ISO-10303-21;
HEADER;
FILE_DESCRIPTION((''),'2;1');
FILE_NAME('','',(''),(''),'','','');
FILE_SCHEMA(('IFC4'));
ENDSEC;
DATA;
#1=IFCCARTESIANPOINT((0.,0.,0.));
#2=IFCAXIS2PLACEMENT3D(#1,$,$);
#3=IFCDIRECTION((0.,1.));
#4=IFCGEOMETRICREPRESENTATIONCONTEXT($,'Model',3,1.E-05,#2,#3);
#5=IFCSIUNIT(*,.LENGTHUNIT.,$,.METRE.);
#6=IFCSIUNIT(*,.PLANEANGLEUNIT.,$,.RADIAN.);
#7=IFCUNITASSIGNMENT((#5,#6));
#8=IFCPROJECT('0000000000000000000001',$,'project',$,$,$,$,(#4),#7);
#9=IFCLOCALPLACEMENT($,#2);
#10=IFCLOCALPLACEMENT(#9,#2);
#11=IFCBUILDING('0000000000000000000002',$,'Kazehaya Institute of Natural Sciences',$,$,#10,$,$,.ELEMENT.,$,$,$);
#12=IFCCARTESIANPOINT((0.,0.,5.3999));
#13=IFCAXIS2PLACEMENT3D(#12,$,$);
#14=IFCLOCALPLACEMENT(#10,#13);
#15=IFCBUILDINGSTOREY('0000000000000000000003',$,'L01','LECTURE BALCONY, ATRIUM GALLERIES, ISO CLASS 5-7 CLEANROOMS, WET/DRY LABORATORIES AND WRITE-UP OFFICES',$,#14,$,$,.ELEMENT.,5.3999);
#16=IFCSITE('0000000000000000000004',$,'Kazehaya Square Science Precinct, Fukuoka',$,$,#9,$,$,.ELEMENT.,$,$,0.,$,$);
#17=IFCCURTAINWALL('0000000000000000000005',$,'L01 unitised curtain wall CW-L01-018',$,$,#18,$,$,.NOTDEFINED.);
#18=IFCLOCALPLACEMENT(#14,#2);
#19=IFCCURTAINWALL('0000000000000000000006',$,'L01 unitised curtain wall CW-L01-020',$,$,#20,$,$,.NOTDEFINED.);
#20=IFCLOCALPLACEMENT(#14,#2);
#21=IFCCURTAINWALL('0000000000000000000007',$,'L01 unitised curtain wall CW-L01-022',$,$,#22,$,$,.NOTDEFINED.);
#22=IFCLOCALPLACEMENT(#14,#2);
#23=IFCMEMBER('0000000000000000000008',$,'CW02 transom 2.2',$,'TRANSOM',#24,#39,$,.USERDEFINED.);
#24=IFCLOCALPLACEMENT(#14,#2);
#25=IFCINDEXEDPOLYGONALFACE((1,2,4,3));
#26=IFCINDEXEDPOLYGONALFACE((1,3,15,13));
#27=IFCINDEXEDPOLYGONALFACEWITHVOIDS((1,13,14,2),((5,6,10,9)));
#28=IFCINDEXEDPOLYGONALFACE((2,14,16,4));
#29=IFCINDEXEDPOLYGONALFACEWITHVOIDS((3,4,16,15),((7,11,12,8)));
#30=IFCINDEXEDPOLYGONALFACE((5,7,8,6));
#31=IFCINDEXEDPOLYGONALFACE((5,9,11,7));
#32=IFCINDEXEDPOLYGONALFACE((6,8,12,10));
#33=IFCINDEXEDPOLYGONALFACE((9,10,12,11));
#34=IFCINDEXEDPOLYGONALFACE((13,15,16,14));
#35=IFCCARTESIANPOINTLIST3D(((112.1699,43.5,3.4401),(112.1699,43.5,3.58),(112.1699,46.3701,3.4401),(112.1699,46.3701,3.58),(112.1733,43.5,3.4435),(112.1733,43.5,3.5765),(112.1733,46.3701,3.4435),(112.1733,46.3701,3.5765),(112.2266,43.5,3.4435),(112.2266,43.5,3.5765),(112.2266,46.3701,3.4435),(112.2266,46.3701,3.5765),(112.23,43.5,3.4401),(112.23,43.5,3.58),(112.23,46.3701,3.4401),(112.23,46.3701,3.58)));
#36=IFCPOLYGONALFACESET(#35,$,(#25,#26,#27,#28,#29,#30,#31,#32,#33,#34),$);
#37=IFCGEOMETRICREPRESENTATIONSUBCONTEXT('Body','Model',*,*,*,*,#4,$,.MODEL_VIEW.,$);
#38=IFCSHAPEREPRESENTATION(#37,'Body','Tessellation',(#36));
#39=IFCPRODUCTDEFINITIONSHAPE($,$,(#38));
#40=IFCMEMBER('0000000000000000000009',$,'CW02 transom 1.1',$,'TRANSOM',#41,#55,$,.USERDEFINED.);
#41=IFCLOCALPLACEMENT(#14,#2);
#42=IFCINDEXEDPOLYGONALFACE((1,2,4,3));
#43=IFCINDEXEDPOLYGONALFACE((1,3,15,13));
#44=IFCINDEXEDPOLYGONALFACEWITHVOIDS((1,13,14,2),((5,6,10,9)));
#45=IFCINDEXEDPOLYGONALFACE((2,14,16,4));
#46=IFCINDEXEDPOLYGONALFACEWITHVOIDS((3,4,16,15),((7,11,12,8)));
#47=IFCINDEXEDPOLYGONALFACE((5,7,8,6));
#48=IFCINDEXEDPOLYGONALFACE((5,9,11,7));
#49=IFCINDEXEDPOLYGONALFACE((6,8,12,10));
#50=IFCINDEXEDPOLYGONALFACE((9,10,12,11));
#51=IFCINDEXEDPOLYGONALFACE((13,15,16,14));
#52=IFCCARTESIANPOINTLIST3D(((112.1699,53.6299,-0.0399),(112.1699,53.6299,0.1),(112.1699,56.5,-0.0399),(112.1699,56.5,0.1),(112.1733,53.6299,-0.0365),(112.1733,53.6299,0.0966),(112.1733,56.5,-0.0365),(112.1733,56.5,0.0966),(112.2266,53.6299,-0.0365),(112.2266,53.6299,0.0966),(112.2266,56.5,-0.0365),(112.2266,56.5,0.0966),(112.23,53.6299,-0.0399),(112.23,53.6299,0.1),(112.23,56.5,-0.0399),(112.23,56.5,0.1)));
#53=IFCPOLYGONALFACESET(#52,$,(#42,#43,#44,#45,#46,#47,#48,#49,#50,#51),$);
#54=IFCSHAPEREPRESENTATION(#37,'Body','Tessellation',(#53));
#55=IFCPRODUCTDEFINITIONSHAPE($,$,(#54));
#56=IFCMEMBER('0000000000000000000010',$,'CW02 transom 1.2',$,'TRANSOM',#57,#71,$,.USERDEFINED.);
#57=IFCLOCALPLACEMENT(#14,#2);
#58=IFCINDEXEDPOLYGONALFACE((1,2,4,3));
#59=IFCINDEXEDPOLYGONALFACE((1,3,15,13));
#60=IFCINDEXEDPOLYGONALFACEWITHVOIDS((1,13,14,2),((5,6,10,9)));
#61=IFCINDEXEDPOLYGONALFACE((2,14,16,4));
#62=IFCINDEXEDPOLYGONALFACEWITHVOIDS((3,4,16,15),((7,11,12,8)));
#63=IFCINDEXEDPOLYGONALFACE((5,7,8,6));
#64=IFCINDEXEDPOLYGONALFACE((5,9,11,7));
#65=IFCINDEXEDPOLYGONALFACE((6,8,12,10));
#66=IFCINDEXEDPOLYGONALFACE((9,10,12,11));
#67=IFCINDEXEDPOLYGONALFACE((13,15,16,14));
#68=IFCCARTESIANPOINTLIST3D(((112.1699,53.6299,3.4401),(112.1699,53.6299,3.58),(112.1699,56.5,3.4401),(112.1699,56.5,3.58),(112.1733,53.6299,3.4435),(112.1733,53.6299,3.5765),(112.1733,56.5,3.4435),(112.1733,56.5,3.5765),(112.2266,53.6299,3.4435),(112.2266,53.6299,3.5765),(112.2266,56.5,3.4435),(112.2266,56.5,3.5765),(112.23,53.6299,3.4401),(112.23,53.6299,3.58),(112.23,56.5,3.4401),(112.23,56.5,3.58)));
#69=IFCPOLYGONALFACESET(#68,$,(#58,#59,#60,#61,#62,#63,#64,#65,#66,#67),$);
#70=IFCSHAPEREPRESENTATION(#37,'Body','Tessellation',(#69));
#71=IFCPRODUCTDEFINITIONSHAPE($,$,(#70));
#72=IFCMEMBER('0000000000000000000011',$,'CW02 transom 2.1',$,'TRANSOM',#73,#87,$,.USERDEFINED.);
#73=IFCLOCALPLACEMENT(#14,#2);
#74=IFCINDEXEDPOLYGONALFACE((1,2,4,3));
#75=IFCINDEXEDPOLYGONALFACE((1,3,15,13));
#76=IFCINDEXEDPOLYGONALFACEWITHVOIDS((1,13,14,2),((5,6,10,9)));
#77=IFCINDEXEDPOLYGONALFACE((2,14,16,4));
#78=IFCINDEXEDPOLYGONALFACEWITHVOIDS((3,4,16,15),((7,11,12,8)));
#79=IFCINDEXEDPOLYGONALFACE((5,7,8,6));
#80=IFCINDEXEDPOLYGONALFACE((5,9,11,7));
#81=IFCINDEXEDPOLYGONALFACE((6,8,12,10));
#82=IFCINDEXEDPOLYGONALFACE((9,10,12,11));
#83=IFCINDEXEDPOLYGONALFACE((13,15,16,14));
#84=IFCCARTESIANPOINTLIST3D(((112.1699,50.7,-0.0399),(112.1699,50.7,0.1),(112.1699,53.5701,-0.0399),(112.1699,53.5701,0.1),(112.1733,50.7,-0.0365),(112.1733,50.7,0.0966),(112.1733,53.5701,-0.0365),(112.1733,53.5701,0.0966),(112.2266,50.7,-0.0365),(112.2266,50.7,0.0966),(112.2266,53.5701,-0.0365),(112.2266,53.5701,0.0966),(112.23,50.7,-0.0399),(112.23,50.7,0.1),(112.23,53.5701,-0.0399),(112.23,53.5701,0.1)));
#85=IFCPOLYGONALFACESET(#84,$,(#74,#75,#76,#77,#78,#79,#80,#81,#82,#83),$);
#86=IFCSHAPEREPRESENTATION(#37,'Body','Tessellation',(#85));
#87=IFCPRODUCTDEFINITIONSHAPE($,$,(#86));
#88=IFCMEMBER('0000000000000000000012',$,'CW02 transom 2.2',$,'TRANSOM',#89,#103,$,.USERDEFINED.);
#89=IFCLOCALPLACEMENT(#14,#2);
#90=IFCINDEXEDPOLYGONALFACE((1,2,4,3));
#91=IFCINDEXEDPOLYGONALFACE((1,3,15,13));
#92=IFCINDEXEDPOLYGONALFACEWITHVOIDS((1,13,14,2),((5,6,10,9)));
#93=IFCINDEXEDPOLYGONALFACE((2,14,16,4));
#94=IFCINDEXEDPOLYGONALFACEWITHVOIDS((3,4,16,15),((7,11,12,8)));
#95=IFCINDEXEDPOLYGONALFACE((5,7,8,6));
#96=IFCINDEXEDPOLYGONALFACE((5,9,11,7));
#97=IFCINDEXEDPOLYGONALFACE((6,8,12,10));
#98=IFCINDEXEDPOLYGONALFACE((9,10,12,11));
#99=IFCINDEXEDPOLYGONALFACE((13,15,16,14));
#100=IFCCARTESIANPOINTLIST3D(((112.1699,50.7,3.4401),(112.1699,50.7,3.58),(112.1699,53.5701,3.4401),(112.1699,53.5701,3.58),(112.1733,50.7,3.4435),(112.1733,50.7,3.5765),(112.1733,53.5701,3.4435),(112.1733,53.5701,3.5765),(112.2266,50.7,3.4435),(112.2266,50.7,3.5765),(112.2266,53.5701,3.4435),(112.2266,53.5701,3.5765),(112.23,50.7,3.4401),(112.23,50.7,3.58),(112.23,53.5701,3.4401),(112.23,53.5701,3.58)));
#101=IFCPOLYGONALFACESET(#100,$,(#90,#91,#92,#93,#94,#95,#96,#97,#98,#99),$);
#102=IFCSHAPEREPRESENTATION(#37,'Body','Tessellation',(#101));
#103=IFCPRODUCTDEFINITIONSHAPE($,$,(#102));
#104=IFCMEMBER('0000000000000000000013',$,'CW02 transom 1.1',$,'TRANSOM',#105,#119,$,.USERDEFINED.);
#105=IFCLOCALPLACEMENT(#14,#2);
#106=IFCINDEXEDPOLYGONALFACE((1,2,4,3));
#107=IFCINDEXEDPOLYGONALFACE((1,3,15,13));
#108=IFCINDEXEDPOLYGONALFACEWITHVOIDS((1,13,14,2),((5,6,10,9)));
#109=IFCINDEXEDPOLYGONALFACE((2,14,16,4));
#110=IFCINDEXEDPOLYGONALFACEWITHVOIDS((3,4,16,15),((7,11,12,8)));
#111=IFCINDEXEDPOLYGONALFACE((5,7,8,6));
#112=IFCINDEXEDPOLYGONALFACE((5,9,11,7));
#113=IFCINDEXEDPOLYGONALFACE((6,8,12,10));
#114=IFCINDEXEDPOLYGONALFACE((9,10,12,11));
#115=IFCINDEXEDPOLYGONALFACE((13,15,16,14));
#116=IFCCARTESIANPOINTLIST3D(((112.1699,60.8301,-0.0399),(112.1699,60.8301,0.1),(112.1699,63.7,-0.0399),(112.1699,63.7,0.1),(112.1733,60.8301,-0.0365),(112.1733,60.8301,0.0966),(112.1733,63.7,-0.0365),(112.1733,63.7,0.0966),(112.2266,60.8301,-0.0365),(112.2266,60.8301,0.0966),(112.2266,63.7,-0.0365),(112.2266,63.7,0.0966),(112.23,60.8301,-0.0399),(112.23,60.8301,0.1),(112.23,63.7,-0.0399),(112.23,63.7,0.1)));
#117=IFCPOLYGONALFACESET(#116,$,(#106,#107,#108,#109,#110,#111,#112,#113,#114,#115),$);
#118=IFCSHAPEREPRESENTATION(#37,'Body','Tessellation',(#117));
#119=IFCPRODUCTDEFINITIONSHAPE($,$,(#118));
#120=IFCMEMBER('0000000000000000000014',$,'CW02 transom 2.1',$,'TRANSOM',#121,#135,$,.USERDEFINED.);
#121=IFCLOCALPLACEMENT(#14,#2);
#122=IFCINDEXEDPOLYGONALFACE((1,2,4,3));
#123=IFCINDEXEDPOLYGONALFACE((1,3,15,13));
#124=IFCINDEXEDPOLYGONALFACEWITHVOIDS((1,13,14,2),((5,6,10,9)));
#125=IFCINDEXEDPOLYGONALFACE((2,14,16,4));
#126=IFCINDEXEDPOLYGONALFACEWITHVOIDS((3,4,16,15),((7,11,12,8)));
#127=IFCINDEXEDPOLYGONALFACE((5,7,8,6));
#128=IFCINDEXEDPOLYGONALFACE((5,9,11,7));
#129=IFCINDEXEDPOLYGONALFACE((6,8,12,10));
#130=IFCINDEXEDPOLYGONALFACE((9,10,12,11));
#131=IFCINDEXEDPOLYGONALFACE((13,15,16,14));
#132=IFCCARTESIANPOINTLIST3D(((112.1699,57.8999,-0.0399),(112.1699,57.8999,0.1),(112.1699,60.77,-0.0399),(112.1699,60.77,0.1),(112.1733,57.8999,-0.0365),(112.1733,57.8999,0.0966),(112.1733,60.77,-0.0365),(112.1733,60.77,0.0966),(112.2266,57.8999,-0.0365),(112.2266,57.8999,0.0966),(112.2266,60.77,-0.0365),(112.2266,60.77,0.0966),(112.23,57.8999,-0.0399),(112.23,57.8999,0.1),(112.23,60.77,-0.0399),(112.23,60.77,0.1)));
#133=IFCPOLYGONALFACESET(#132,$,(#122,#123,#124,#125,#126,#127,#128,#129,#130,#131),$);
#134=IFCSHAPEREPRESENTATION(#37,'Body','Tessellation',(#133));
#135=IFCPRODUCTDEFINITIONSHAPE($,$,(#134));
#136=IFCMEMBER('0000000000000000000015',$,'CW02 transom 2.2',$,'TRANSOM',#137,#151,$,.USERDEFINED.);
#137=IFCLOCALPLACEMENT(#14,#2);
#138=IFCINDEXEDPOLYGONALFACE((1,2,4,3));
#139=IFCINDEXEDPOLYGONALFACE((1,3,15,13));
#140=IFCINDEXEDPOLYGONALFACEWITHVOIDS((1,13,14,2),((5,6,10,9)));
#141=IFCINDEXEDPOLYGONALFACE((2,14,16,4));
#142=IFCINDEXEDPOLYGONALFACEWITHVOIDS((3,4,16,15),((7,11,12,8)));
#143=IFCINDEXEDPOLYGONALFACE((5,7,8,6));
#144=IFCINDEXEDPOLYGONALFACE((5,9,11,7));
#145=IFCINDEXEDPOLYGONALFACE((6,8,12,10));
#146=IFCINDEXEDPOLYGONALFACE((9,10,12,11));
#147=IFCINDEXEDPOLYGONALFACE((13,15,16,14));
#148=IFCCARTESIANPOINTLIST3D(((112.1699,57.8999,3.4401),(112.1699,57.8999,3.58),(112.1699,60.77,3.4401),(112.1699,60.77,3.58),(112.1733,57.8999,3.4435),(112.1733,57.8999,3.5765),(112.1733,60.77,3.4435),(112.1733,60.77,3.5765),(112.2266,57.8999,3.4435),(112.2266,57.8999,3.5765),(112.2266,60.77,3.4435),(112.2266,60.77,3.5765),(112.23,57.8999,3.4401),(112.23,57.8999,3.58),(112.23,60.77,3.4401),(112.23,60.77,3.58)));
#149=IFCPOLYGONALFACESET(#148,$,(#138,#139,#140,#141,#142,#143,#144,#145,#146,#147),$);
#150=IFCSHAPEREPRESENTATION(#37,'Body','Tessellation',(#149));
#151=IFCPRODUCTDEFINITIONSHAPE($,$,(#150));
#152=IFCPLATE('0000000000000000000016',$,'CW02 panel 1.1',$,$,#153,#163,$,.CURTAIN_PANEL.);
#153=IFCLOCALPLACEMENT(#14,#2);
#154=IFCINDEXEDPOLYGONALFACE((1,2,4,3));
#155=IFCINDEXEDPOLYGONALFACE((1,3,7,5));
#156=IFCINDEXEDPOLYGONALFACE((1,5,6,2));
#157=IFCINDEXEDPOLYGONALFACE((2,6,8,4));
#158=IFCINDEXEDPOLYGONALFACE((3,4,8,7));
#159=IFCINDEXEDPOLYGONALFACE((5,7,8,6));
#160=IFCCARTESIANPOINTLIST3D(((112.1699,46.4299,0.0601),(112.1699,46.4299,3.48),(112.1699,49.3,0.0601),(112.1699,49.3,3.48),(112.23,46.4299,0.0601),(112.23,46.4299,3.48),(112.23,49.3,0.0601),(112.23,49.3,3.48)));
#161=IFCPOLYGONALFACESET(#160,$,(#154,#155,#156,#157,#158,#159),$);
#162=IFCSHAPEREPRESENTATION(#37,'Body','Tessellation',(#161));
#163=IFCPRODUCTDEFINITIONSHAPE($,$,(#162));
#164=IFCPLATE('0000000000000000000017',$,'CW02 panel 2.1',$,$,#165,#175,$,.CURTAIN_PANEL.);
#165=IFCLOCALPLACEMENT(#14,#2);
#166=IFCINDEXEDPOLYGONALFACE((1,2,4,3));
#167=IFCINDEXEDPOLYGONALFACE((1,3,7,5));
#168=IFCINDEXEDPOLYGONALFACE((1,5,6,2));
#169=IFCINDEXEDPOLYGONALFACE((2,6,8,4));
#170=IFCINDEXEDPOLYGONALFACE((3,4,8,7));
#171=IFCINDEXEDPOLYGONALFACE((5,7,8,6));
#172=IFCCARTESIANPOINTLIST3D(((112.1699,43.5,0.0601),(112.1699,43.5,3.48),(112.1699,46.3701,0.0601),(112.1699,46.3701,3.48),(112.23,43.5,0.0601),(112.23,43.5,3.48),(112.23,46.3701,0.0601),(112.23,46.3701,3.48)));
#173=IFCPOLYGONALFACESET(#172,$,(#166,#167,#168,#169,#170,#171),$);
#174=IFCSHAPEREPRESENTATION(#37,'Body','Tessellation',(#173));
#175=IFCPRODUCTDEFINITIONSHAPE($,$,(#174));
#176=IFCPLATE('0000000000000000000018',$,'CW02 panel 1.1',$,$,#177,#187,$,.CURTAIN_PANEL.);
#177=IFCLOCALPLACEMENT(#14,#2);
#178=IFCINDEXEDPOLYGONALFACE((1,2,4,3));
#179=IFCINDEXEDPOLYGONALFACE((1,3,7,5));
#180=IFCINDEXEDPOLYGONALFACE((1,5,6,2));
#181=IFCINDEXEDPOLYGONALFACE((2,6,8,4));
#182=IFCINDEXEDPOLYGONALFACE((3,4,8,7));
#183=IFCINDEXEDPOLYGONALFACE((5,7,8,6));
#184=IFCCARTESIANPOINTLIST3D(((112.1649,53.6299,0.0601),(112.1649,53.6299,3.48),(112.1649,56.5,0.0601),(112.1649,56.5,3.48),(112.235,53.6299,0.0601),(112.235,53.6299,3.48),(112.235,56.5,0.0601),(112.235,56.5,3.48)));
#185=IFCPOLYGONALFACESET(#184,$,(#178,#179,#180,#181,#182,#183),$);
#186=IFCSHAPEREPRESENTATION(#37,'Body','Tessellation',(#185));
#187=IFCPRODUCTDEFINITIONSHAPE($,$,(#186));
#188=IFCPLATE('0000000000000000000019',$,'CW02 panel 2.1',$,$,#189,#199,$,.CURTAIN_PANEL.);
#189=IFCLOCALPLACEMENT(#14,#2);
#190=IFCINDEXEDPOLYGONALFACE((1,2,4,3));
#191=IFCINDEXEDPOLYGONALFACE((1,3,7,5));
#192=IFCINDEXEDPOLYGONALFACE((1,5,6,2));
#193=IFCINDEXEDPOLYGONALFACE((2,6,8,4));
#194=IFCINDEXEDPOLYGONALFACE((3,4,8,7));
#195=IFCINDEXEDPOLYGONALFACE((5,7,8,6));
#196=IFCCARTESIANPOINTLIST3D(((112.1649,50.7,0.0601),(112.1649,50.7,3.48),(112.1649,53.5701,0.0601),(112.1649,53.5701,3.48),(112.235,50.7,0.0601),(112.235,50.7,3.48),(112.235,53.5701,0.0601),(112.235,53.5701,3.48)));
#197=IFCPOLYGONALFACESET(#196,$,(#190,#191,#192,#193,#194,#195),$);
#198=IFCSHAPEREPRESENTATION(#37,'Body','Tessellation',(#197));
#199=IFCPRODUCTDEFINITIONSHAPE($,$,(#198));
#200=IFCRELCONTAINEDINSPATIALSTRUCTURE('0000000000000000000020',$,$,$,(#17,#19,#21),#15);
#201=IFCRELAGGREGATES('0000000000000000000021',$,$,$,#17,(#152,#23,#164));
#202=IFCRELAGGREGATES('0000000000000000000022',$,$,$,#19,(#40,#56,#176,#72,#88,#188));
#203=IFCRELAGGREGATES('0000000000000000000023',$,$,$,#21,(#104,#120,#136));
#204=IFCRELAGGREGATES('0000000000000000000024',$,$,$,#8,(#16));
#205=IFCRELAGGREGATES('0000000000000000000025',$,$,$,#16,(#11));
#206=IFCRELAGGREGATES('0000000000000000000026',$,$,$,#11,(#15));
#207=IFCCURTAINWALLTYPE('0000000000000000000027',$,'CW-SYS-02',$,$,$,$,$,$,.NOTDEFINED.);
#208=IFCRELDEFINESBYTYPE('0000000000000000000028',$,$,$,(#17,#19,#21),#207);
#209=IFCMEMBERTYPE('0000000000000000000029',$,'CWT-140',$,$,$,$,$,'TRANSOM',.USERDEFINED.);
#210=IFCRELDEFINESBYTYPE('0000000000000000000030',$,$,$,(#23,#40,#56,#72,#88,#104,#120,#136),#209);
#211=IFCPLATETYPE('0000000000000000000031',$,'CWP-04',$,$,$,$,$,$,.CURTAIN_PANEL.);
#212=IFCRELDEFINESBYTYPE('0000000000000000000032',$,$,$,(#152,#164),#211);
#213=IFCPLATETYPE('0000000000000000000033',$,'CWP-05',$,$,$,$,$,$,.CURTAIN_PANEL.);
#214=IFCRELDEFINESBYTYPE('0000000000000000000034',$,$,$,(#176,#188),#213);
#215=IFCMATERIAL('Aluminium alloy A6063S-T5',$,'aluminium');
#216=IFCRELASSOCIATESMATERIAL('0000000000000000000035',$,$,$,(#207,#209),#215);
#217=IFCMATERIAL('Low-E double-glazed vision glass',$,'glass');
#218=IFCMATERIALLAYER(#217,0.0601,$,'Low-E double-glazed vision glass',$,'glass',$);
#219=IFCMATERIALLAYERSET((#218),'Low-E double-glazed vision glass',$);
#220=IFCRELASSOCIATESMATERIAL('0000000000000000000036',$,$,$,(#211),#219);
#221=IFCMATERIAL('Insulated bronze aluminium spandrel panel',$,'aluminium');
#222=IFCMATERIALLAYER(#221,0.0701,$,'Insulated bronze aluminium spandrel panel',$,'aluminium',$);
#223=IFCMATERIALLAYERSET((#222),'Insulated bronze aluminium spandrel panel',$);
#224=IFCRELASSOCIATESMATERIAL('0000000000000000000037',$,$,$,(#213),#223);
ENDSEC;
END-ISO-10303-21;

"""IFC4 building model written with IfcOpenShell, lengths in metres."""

from ifc_helpers import new_model, si_unit, direction, frame, origin, origin_2d, place, context, subcontext, project, spatial, rectangle, hollow_rectangle, extrude, material, layer, layer_set, material_profile, profile_set, type_object, element, aggregate, save


model = new_model("IFC4")

# Units and contexts
model_context = context("Model", 3, precision=1e-05, world=origin(), true_north=direction((0.0, 1.0)))
body_context = subcontext(model_context, "Body", "Model", "MODEL_VIEW")
ifc_project = project(units=[si_unit("LENGTHUNIT", "METRE"), si_unit("PLANEANGLEUNIT", "RADIAN")], contexts=[model_context])

# Site, building, storey
site_placement = place(None, origin())
site = spatial("IfcSite", under=ifc_project, at=site_placement, Name="Kazehaya Square Science Precinct, Fukuoka", CompositionType="ELEMENT", RefElevation=0.0)
building_placement = place(site_placement, origin())
building = spatial("IfcBuilding", under=site, at=building_placement, Name="Kazehaya Institute of Natural Sciences", CompositionType="ELEMENT")
storey_placement = place(building_placement, frame((0.0, 0.0, 5.3999)))
storey = spatial("IfcBuildingStorey", under=building, at=storey_placement, Name="L01", Description="LECTURE BALCONY, ATRIUM GALLERIES, ISO CLASS 5-7 CLEANROOMS, WET/DRY LABORATORIES AND WRITE-UP OFFICES", CompositionType="ELEMENT", Elevation=5.3999)

# Curtain walls
ifc_material_1 = material(Name="Aluminium alloy A6063S-T5", Category="aluminium")
curtain_wall_type = type_object("IfcCurtainWallType", Name="CW-SYS-02", PredefinedType="NOTDEFINED", material=ifc_material_1)
curtain_wall_1_placement = place(storey_placement, origin())
curtain_wall_1 = element("IfcCurtainWall", 1, at=curtain_wall_1_placement, inside=storey, type_object=curtain_wall_type, Name="L01 unitised curtain wall CW-L01-018", PredefinedType="NOTDEFINED")
curtain_wall_2_placement = place(storey_placement, origin())
curtain_wall_2 = element("IfcCurtainWall", 2, at=curtain_wall_2_placement, inside=storey, type_object=curtain_wall_type, Name="L01 unitised curtain wall CW-L01-020", PredefinedType="NOTDEFINED")
curtain_wall_3_placement = place(storey_placement, origin())
curtain_wall_3 = element("IfcCurtainWall", 3, at=curtain_wall_3_placement, inside=storey, type_object=curtain_wall_type, Name="L01 unitised curtain wall CW-L01-022", PredefinedType="NOTDEFINED")

# Members
ifc_material_profile_1 = material_profile(ifc_material_1, hollow_rectangle(XDim=0.0601, YDim=0.1399, WallThickness=0.0034, at=origin_2d()), Name="ALU-60x140x3.5")
ifc_profile_set_1 = profile_set([ifc_material_profile_1], Name="Aluminium alloy A6063S-T5")
member_type_1 = type_object("IfcMemberType", Name="CWT-140", ElementType="TRANSOM", PredefinedType="USERDEFINED", material=ifc_profile_set_1)
member_1_placement = place(storey_placement, frame((112.2, 46.3701, 3.51), z_axis=(0.0, -1.0, 0.0), x_axis=(1.0, 0.0, 0.0)))
member_1 = element("IfcMember", 4, at=member_1_placement, type_object=member_type_1, Name="CW02 transom 2.2", ObjectType="TRANSOM", PredefinedType="USERDEFINED", context=body_context, shape_type="SweptSolid", body=[
    extrude(hollow_rectangle(XDim=0.0601, YDim=0.1399, WallThickness=0.0034, at=origin_2d()), origin(), (0.0, 0.0, 1.0), 2.8701),
])
member_2_placement = place(storey_placement, frame((112.2, 56.5, 0.03), z_axis=(0.0, -1.0, 0.0), x_axis=(1.0, 0.0, 0.0)))
member_2 = element("IfcMember", 5, at=member_2_placement, type_object=member_type_1, Name="CW02 transom 1.1", ObjectType="TRANSOM", PredefinedType="USERDEFINED", context=body_context, shape_type="SweptSolid", body=[
    extrude(hollow_rectangle(XDim=0.0601, YDim=0.1399, WallThickness=0.0034, at=origin_2d()), origin(), (0.0, 0.0, 1.0), 2.8701),
])
member_3_placement = place(storey_placement, frame((112.2, 56.5, 3.51), z_axis=(0.0, -1.0, 0.0), x_axis=(1.0, 0.0, 0.0)))
member_3 = element("IfcMember", 6, at=member_3_placement, type_object=member_type_1, Name="CW02 transom 1.2", ObjectType="TRANSOM", PredefinedType="USERDEFINED", context=body_context, shape_type="SweptSolid", body=[
    extrude(hollow_rectangle(XDim=0.0601, YDim=0.1399, WallThickness=0.0034, at=origin_2d()), origin(), (0.0, 0.0, 1.0), 2.8701),
])
member_4_placement = place(storey_placement, frame((112.2, 53.5701, 0.03), z_axis=(0.0, -1.0, 0.0), x_axis=(1.0, 0.0, 0.0)))
member_4 = element("IfcMember", 7, at=member_4_placement, type_object=member_type_1, Name="CW02 transom 2.1", ObjectType="TRANSOM", PredefinedType="USERDEFINED", context=body_context, shape_type="SweptSolid", body=[
    extrude(hollow_rectangle(XDim=0.0601, YDim=0.1399, WallThickness=0.0034, at=origin_2d()), origin(), (0.0, 0.0, 1.0), 2.8701),
])
member_5_placement = place(storey_placement, frame((112.2, 53.5701, 3.51), z_axis=(0.0, -1.0, 0.0), x_axis=(1.0, 0.0, 0.0)))
member_5 = element("IfcMember", 8, at=member_5_placement, type_object=member_type_1, Name="CW02 transom 2.2", ObjectType="TRANSOM", PredefinedType="USERDEFINED", context=body_context, shape_type="SweptSolid", body=[
    extrude(hollow_rectangle(XDim=0.0601, YDim=0.1399, WallThickness=0.0034, at=origin_2d()), origin(), (0.0, 0.0, 1.0), 2.8701),
])
member_6_placement = place(storey_placement, frame((112.2, 63.7, 0.03), z_axis=(0.0, -1.0, 0.0), x_axis=(1.0, 0.0, 0.0)))
member_6 = element("IfcMember", 9, at=member_6_placement, type_object=member_type_1, Name="CW02 transom 1.1", ObjectType="TRANSOM", PredefinedType="USERDEFINED", context=body_context, shape_type="SweptSolid", body=[
    extrude(hollow_rectangle(XDim=0.0601, YDim=0.1399, WallThickness=0.0034, at=origin_2d()), origin(), (0.0, 0.0, 1.0), 2.8699),
])
member_7_placement = place(storey_placement, frame((112.2, 60.77, 0.03), z_axis=(0.0, -1.0, 0.0), x_axis=(1.0, 0.0, 0.0)))
member_7 = element("IfcMember", 10, at=member_7_placement, type_object=member_type_1, Name="CW02 transom 2.1", ObjectType="TRANSOM", PredefinedType="USERDEFINED", context=body_context, shape_type="SweptSolid", body=[
    extrude(hollow_rectangle(XDim=0.0601, YDim=0.1399, WallThickness=0.0034, at=origin_2d()), origin(), (0.0, 0.0, 1.0), 2.8701),
])
member_8_placement = place(storey_placement, frame((112.2, 60.77, 3.51), z_axis=(0.0, -1.0, 0.0), x_axis=(1.0, 0.0, 0.0)))
member_8 = element("IfcMember", 11, at=member_8_placement, type_object=member_type_1, Name="CW02 transom 2.2", ObjectType="TRANSOM", PredefinedType="USERDEFINED", context=body_context, shape_type="SweptSolid", body=[
    extrude(hollow_rectangle(XDim=0.0601, YDim=0.1399, WallThickness=0.0034, at=origin_2d()), origin(), (0.0, 0.0, 1.0), 2.8701),
])

# Plates
ifc_material_2 = material(Name="Low-E double-glazed vision glass", Category="glass")
ifc_layer_1 = layer(ifc_material_2, 0.0601, Name="Low-E double-glazed vision glass", Category="glass")
ifc_layer_set_1 = layer_set([ifc_layer_1], Name="Low-E double-glazed vision glass")
plate_type_1 = type_object("IfcPlateType", Name="CWP-04", PredefinedType="CURTAIN_PANEL", material=ifc_layer_set_1)
plate_1_placement = place(storey_placement, frame((112.2, 47.865, 0.0601), z_axis=(0.0, 0.0, 1.0), x_axis=(0.0, -1.0, 0.0)))
plate_1 = element("IfcPlate", 12, at=plate_1_placement, type_object=plate_type_1, Name="CW02 panel 1.1", PredefinedType="CURTAIN_PANEL", context=body_context, shape_type="SweptSolid", body=[
    extrude(rectangle(XDim=2.8701, YDim=0.0601, at=origin_2d()), origin(), (0.0, 0.0, 1.0), 3.4199),
])
plate_2_placement = place(storey_placement, frame((112.2, 44.9351, 0.0601), z_axis=(0.0, 0.0, 1.0), x_axis=(0.0, -1.0, 0.0)))
plate_2 = element("IfcPlate", 13, at=plate_2_placement, type_object=plate_type_1, Name="CW02 panel 2.1", PredefinedType="CURTAIN_PANEL", context=body_context, shape_type="SweptSolid", body=[
    extrude(rectangle(XDim=2.8701, YDim=0.0601, at=origin_2d()), origin(), (0.0, 0.0, 1.0), 3.4199),
])
aggregate(curtain_wall_1, [plate_1, member_1, plate_2])
ifc_material_3 = material(Name="Insulated bronze aluminium spandrel panel", Category="aluminium")
ifc_layer_2 = layer(ifc_material_3, 0.0701, Name="Insulated bronze aluminium spandrel panel", Category="aluminium")
ifc_layer_set_2 = layer_set([ifc_layer_2], Name="Insulated bronze aluminium spandrel panel")
plate_type_2 = type_object("IfcPlateType", Name="CWP-05", PredefinedType="CURTAIN_PANEL", material=ifc_layer_set_2)
plate_3_placement = place(storey_placement, frame((112.2, 55.0649, 0.0601), z_axis=(0.0, 0.0, 1.0), x_axis=(0.0, -1.0, 0.0)))
plate_3 = element("IfcPlate", 14, at=plate_3_placement, type_object=plate_type_2, Name="CW02 panel 1.1", PredefinedType="CURTAIN_PANEL", context=body_context, shape_type="SweptSolid", body=[
    extrude(rectangle(XDim=2.8701, YDim=0.0701, at=origin_2d()), origin(), (0.0, 0.0, 1.0), 3.4199),
])
plate_4_placement = place(storey_placement, frame((112.2, 52.135, 0.0601), z_axis=(0.0, 0.0, 1.0), x_axis=(0.0, -1.0, 0.0)))
plate_4 = element("IfcPlate", 15, at=plate_4_placement, type_object=plate_type_2, Name="CW02 panel 2.1", PredefinedType="CURTAIN_PANEL", context=body_context, shape_type="SweptSolid", body=[
    extrude(rectangle(XDim=2.8701, YDim=0.0701, at=origin_2d()), origin(), (0.0, 0.0, 1.0), 3.4199),
])
aggregate(curtain_wall_2, [member_2, member_3, plate_3, member_4, member_5, plate_4])
aggregate(curtain_wall_3, [member_6, member_7, member_8])

save(model, "model.ifc")
